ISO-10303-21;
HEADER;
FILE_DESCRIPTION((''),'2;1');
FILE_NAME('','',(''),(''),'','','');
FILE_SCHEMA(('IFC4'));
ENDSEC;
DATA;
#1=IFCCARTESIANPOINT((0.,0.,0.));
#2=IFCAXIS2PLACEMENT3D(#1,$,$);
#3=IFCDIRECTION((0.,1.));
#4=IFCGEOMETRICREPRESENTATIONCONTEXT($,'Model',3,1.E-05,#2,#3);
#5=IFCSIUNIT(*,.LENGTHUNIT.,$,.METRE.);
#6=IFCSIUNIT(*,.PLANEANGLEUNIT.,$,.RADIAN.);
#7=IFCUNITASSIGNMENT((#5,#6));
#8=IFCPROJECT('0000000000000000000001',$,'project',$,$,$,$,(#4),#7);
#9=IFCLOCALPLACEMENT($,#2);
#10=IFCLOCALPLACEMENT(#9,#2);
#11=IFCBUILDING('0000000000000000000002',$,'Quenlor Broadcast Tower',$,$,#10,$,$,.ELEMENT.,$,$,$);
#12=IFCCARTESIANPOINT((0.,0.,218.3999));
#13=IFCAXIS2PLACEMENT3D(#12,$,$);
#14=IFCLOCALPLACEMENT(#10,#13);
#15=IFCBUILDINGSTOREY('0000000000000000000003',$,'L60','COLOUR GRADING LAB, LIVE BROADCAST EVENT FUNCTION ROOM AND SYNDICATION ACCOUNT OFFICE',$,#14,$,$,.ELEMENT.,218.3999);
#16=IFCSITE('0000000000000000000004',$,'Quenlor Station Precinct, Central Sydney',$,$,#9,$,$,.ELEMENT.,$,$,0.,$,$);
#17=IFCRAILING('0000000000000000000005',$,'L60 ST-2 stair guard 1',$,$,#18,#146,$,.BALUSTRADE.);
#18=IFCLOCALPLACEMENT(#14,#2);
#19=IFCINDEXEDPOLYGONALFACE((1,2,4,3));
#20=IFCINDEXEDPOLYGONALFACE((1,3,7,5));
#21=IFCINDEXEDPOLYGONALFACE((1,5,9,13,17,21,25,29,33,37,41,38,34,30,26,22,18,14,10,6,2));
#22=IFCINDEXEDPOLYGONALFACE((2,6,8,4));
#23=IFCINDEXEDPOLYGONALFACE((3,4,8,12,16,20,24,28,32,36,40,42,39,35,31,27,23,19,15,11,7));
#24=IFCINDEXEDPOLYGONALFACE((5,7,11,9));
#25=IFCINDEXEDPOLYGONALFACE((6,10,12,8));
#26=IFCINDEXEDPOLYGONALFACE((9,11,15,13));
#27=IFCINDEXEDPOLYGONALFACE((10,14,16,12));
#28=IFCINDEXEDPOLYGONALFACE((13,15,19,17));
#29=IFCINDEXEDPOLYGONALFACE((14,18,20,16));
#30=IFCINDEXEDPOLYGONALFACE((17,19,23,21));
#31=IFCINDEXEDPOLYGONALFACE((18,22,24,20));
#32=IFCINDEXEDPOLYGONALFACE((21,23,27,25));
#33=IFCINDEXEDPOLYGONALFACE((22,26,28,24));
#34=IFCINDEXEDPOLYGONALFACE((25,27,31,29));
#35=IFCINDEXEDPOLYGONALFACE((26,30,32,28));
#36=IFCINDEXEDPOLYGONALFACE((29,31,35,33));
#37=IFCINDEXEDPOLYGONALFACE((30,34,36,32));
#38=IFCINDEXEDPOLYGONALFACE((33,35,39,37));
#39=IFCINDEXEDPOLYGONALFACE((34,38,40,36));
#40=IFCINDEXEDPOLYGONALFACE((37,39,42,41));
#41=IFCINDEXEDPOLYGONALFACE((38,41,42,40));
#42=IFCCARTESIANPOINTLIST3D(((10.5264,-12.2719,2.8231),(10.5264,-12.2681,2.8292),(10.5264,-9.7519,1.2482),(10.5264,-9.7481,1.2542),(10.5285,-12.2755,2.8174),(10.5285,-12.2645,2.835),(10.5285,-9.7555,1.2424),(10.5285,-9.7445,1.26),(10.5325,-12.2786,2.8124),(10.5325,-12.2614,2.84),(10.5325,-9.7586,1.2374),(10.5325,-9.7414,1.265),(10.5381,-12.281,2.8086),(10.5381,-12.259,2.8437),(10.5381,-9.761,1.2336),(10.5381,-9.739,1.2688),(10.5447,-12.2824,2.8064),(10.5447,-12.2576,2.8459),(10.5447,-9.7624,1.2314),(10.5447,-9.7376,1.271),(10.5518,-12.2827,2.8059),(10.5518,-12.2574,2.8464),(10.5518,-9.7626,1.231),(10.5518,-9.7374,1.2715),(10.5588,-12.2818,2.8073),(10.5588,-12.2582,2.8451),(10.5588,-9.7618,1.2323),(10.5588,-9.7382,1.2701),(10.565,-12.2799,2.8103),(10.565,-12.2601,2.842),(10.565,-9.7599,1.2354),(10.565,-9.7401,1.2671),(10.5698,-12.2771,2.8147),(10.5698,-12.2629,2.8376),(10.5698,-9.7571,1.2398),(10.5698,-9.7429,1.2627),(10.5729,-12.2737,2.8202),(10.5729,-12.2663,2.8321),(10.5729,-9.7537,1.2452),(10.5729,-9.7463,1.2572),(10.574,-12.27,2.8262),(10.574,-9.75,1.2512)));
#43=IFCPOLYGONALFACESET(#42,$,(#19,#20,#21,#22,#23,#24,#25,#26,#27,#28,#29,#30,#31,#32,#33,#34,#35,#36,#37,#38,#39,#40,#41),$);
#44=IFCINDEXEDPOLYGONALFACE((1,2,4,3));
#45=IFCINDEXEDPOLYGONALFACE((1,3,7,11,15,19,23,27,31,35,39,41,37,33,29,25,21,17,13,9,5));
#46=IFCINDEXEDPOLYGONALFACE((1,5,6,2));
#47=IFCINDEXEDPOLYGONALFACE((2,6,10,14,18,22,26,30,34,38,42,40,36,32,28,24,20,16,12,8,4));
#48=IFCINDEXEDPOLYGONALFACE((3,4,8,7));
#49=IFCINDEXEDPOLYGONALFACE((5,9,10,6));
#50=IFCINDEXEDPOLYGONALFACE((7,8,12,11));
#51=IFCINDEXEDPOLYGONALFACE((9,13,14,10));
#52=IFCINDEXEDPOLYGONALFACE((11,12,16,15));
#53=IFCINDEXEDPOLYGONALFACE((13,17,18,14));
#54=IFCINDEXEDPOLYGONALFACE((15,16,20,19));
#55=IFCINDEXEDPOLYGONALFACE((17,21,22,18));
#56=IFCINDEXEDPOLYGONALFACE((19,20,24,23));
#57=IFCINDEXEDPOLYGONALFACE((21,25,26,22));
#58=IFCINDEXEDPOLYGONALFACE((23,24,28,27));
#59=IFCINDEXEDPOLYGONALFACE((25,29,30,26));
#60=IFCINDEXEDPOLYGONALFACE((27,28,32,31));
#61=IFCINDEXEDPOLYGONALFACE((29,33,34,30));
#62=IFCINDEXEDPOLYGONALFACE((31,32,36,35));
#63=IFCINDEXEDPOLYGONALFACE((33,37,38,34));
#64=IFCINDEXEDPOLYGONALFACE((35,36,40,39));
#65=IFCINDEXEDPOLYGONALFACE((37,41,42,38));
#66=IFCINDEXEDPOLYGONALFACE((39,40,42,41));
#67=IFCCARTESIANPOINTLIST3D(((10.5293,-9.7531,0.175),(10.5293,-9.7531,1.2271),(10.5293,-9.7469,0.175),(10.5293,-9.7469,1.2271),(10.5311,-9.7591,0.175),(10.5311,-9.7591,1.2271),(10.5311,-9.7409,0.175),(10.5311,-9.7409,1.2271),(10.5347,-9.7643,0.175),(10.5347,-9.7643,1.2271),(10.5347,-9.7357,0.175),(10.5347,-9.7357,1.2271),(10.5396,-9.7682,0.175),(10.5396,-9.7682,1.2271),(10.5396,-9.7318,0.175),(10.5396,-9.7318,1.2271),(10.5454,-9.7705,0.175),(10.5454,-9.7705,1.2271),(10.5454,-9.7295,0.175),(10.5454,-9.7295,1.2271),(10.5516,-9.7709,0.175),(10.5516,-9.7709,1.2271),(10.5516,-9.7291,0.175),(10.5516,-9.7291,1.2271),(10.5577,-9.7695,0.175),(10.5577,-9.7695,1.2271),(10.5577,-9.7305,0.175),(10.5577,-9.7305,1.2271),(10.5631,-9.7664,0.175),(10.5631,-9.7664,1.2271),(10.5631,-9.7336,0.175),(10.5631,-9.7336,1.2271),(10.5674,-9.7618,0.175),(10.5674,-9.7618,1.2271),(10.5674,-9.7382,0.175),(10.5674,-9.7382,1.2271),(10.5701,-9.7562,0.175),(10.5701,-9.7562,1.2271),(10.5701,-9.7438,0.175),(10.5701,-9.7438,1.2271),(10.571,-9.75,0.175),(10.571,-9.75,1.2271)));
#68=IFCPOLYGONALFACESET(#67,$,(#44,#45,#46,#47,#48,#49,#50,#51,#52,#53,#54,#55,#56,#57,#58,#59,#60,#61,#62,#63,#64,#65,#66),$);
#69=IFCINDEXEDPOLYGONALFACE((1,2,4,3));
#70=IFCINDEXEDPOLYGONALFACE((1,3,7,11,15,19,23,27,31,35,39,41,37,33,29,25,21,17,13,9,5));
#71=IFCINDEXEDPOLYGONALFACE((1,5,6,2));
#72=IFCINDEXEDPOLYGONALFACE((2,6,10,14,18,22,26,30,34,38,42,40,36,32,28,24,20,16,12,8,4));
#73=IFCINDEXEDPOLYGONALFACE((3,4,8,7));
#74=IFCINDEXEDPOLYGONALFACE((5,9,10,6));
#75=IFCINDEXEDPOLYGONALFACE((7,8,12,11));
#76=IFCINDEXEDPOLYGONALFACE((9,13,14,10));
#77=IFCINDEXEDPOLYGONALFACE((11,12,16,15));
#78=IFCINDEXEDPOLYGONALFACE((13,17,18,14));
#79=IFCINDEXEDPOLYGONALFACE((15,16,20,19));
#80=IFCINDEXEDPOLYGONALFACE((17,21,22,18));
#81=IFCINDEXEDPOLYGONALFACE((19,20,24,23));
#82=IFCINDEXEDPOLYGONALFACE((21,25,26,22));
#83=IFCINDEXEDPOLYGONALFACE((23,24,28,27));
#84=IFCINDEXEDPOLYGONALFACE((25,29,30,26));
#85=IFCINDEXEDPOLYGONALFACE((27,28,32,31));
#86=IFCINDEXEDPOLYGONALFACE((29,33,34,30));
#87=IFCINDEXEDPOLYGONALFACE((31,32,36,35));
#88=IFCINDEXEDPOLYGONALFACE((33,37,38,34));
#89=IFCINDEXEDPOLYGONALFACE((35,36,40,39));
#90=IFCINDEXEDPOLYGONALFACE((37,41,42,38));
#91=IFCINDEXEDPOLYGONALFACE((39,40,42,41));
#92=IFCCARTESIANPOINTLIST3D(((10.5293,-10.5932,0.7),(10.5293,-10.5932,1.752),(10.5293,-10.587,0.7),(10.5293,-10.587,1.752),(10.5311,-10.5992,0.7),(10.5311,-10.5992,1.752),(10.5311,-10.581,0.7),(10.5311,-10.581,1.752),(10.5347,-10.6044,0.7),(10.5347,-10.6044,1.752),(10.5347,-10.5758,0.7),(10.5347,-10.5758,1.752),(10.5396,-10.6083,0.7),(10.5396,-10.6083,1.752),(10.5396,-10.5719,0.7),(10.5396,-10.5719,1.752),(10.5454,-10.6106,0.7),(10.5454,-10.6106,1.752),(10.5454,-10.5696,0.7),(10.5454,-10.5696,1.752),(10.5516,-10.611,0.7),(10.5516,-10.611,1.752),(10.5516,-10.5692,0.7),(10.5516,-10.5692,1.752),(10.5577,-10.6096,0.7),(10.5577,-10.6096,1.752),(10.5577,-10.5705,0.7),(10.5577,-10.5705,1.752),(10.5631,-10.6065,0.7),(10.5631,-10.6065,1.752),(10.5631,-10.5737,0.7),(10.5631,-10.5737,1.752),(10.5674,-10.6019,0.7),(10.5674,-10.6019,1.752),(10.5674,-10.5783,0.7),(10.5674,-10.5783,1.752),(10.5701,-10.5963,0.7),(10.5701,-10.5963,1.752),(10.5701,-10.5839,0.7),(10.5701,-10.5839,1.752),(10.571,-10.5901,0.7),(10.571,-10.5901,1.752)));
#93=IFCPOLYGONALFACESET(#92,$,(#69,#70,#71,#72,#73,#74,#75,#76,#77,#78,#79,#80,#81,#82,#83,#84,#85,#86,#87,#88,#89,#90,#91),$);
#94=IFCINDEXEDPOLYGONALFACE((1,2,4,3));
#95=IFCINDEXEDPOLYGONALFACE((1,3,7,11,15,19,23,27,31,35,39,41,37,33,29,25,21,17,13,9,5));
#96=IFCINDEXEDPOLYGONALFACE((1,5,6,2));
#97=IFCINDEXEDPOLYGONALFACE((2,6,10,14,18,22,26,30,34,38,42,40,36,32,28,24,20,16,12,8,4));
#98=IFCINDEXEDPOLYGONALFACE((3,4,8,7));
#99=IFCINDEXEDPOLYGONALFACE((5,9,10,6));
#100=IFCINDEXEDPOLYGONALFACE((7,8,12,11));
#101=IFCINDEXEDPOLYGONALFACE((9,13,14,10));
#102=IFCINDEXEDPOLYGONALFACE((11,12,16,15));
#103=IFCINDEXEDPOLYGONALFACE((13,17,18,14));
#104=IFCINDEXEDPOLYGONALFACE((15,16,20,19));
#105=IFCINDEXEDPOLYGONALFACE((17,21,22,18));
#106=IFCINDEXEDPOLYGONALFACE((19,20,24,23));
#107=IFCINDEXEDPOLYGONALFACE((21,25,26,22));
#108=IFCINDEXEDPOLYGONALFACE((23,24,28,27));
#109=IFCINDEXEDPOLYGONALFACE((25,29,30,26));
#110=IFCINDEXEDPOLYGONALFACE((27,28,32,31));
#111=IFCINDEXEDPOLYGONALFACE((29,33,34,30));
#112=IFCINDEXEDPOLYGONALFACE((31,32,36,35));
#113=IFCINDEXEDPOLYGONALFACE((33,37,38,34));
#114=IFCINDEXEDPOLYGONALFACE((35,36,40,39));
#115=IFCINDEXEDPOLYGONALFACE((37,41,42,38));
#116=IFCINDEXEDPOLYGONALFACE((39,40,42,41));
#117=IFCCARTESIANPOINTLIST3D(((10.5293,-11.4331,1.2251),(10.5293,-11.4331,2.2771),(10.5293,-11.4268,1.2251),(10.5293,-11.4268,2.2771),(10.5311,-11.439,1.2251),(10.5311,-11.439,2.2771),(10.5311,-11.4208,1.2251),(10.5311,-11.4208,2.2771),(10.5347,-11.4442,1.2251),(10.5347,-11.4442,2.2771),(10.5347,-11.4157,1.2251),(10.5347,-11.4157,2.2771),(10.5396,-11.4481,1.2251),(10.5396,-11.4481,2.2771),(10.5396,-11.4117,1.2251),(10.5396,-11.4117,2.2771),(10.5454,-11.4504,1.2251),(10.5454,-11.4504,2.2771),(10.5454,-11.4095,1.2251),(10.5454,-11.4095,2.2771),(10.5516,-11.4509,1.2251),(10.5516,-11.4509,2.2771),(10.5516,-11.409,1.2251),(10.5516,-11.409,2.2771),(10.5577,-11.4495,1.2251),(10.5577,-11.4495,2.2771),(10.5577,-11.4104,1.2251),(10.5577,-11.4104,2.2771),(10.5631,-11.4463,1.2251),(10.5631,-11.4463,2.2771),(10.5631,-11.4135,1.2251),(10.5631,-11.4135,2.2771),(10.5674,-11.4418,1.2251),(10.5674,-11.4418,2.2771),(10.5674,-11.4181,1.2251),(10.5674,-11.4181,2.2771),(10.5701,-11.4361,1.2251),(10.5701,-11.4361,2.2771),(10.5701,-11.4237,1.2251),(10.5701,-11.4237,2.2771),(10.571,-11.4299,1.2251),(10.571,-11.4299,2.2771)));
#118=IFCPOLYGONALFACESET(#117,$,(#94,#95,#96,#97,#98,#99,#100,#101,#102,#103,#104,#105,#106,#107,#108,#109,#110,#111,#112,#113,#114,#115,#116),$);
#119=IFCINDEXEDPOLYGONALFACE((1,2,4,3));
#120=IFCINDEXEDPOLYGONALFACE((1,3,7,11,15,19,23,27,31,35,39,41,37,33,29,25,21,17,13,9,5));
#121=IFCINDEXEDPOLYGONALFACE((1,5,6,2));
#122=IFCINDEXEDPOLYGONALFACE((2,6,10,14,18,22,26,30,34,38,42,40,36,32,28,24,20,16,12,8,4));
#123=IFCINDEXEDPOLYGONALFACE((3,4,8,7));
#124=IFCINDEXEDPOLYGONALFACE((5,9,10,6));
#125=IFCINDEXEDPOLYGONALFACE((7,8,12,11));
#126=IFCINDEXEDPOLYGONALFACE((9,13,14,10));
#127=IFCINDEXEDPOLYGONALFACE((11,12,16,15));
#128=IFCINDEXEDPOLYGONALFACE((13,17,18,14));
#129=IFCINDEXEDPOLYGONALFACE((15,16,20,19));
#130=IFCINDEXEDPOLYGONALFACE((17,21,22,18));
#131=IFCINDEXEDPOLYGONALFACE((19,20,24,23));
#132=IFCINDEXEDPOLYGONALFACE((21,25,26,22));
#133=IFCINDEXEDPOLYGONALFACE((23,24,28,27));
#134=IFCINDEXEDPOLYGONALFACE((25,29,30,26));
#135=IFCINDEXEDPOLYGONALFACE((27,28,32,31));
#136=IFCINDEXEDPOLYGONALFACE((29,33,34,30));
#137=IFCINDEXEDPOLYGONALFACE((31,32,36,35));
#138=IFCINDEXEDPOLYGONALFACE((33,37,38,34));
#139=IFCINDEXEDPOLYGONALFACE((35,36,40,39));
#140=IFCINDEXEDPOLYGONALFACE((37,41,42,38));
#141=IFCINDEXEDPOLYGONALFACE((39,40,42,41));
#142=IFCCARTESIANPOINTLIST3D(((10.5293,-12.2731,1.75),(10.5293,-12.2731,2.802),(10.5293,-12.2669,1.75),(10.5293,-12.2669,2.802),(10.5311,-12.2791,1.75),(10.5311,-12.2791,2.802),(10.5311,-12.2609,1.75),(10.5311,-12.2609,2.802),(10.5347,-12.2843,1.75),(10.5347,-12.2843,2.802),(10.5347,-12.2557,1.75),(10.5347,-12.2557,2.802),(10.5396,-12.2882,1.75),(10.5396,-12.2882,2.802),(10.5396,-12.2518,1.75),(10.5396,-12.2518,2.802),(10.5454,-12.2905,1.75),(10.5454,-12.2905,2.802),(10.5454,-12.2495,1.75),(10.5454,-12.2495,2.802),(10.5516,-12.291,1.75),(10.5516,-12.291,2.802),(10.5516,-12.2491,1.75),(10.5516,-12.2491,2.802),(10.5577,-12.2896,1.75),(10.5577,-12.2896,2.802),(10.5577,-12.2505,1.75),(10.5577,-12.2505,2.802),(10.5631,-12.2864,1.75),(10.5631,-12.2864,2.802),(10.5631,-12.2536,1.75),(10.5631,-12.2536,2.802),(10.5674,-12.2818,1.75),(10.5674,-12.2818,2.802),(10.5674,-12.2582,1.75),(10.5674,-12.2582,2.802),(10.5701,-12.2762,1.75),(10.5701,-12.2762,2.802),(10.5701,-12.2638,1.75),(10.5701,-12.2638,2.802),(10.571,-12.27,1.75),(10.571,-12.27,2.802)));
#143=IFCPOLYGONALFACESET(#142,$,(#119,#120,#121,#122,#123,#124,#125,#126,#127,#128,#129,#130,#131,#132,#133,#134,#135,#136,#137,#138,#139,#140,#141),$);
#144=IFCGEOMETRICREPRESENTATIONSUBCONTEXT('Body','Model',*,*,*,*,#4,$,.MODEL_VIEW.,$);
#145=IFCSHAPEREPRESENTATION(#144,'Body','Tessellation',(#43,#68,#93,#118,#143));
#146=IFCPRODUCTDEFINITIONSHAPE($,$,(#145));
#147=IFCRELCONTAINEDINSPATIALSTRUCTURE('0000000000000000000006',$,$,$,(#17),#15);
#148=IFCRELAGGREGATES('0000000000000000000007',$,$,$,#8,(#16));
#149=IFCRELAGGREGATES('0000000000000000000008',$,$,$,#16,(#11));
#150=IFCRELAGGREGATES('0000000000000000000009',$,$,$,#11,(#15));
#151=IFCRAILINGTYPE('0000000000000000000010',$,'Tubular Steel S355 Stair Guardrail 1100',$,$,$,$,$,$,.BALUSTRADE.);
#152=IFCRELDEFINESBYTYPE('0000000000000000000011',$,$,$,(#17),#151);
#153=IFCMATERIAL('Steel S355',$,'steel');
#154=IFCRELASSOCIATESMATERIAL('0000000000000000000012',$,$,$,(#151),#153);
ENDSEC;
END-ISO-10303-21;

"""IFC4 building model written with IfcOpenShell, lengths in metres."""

from ifc_helpers import new_model, si_unit, direction, frame, origin, origin_2d, place, context, subcontext, project, spatial, circle, extrude, material, type_object, element, save


model = new_model("IFC4")

# Units and contexts
model_context = context("Model", 3, precision=1e-05, world=origin(), true_north=direction((0.0, 1.0)))
body_context = subcontext(model_context, "Body", "Model", "MODEL_VIEW")
ifc_project = project(units=[si_unit("LENGTHUNIT", "METRE"), si_unit("PLANEANGLEUNIT", "RADIAN")], contexts=[model_context])

# Site, building, storey
site_placement = place(None, origin())
site = spatial("IfcSite", under=ifc_project, at=site_placement, Name="Quenlor Station Precinct, Central Sydney", CompositionType="ELEMENT", RefElevation=0.0)
building_placement = place(site_placement, origin())
building = spatial("IfcBuilding", under=site, at=building_placement, Name="Quenlor Broadcast Tower", CompositionType="ELEMENT")
storey_placement = place(building_placement, frame((0.0, 0.0, 218.3999)))
storey = spatial("IfcBuildingStorey", under=building, at=storey_placement, Name="L60", Description="COLOUR GRADING LAB, LIVE BROADCAST EVENT FUNCTION ROOM AND SYNDICATION ACCOUNT OFFICE", CompositionType="ELEMENT", Elevation=218.3999)

# Railing
ifc_material_1 = material(Name="Steel S355", Category="steel")
railing_type_1 = type_object("IfcRailingType", Name="Tubular Steel S355 Stair Guardrail 1100", PredefinedType="BALUSTRADE", material=ifc_material_1)
railing_1_placement = place(storey_placement, frame((10.55, -9.75, 0.175)))
element("IfcRailing", 1, at=railing_1_placement, inside=storey, type_object=railing_type_1, Name="L60 ST-2 stair guard 1", PredefinedType="BALUSTRADE", context=body_context, shape_type="SweptSolid", body=[
    extrude(circle(Radius=0.0239, at=origin_2d()), frame((0.0, 0.0, 1.0762), z_axis=(0.0, -0.848008, 0.529984), x_axis=(1.0, 0.0, 0.0)), (0.0, 0.0, 1.0), 2.9717),
    extrude(circle(Radius=0.021, at=origin_2d()), origin(), (0.0, 0.0, 1.0), 1.052),
    extrude(circle(Radius=0.021, at=origin_2d()), frame((0.0, -0.8401, 0.5249)), (0.0, 0.0, 1.0), 1.052),
    extrude(circle(Radius=0.021, at=origin_2d()), frame((0.0, -1.6799, 1.05)), (0.0, 0.0, 1.0), 1.052),
    extrude(circle(Radius=0.021, at=origin_2d()), frame((0.0, -2.52, 1.575)), (0.0, 0.0, 1.0), 1.052),
])

save(model, "model.ifc")
